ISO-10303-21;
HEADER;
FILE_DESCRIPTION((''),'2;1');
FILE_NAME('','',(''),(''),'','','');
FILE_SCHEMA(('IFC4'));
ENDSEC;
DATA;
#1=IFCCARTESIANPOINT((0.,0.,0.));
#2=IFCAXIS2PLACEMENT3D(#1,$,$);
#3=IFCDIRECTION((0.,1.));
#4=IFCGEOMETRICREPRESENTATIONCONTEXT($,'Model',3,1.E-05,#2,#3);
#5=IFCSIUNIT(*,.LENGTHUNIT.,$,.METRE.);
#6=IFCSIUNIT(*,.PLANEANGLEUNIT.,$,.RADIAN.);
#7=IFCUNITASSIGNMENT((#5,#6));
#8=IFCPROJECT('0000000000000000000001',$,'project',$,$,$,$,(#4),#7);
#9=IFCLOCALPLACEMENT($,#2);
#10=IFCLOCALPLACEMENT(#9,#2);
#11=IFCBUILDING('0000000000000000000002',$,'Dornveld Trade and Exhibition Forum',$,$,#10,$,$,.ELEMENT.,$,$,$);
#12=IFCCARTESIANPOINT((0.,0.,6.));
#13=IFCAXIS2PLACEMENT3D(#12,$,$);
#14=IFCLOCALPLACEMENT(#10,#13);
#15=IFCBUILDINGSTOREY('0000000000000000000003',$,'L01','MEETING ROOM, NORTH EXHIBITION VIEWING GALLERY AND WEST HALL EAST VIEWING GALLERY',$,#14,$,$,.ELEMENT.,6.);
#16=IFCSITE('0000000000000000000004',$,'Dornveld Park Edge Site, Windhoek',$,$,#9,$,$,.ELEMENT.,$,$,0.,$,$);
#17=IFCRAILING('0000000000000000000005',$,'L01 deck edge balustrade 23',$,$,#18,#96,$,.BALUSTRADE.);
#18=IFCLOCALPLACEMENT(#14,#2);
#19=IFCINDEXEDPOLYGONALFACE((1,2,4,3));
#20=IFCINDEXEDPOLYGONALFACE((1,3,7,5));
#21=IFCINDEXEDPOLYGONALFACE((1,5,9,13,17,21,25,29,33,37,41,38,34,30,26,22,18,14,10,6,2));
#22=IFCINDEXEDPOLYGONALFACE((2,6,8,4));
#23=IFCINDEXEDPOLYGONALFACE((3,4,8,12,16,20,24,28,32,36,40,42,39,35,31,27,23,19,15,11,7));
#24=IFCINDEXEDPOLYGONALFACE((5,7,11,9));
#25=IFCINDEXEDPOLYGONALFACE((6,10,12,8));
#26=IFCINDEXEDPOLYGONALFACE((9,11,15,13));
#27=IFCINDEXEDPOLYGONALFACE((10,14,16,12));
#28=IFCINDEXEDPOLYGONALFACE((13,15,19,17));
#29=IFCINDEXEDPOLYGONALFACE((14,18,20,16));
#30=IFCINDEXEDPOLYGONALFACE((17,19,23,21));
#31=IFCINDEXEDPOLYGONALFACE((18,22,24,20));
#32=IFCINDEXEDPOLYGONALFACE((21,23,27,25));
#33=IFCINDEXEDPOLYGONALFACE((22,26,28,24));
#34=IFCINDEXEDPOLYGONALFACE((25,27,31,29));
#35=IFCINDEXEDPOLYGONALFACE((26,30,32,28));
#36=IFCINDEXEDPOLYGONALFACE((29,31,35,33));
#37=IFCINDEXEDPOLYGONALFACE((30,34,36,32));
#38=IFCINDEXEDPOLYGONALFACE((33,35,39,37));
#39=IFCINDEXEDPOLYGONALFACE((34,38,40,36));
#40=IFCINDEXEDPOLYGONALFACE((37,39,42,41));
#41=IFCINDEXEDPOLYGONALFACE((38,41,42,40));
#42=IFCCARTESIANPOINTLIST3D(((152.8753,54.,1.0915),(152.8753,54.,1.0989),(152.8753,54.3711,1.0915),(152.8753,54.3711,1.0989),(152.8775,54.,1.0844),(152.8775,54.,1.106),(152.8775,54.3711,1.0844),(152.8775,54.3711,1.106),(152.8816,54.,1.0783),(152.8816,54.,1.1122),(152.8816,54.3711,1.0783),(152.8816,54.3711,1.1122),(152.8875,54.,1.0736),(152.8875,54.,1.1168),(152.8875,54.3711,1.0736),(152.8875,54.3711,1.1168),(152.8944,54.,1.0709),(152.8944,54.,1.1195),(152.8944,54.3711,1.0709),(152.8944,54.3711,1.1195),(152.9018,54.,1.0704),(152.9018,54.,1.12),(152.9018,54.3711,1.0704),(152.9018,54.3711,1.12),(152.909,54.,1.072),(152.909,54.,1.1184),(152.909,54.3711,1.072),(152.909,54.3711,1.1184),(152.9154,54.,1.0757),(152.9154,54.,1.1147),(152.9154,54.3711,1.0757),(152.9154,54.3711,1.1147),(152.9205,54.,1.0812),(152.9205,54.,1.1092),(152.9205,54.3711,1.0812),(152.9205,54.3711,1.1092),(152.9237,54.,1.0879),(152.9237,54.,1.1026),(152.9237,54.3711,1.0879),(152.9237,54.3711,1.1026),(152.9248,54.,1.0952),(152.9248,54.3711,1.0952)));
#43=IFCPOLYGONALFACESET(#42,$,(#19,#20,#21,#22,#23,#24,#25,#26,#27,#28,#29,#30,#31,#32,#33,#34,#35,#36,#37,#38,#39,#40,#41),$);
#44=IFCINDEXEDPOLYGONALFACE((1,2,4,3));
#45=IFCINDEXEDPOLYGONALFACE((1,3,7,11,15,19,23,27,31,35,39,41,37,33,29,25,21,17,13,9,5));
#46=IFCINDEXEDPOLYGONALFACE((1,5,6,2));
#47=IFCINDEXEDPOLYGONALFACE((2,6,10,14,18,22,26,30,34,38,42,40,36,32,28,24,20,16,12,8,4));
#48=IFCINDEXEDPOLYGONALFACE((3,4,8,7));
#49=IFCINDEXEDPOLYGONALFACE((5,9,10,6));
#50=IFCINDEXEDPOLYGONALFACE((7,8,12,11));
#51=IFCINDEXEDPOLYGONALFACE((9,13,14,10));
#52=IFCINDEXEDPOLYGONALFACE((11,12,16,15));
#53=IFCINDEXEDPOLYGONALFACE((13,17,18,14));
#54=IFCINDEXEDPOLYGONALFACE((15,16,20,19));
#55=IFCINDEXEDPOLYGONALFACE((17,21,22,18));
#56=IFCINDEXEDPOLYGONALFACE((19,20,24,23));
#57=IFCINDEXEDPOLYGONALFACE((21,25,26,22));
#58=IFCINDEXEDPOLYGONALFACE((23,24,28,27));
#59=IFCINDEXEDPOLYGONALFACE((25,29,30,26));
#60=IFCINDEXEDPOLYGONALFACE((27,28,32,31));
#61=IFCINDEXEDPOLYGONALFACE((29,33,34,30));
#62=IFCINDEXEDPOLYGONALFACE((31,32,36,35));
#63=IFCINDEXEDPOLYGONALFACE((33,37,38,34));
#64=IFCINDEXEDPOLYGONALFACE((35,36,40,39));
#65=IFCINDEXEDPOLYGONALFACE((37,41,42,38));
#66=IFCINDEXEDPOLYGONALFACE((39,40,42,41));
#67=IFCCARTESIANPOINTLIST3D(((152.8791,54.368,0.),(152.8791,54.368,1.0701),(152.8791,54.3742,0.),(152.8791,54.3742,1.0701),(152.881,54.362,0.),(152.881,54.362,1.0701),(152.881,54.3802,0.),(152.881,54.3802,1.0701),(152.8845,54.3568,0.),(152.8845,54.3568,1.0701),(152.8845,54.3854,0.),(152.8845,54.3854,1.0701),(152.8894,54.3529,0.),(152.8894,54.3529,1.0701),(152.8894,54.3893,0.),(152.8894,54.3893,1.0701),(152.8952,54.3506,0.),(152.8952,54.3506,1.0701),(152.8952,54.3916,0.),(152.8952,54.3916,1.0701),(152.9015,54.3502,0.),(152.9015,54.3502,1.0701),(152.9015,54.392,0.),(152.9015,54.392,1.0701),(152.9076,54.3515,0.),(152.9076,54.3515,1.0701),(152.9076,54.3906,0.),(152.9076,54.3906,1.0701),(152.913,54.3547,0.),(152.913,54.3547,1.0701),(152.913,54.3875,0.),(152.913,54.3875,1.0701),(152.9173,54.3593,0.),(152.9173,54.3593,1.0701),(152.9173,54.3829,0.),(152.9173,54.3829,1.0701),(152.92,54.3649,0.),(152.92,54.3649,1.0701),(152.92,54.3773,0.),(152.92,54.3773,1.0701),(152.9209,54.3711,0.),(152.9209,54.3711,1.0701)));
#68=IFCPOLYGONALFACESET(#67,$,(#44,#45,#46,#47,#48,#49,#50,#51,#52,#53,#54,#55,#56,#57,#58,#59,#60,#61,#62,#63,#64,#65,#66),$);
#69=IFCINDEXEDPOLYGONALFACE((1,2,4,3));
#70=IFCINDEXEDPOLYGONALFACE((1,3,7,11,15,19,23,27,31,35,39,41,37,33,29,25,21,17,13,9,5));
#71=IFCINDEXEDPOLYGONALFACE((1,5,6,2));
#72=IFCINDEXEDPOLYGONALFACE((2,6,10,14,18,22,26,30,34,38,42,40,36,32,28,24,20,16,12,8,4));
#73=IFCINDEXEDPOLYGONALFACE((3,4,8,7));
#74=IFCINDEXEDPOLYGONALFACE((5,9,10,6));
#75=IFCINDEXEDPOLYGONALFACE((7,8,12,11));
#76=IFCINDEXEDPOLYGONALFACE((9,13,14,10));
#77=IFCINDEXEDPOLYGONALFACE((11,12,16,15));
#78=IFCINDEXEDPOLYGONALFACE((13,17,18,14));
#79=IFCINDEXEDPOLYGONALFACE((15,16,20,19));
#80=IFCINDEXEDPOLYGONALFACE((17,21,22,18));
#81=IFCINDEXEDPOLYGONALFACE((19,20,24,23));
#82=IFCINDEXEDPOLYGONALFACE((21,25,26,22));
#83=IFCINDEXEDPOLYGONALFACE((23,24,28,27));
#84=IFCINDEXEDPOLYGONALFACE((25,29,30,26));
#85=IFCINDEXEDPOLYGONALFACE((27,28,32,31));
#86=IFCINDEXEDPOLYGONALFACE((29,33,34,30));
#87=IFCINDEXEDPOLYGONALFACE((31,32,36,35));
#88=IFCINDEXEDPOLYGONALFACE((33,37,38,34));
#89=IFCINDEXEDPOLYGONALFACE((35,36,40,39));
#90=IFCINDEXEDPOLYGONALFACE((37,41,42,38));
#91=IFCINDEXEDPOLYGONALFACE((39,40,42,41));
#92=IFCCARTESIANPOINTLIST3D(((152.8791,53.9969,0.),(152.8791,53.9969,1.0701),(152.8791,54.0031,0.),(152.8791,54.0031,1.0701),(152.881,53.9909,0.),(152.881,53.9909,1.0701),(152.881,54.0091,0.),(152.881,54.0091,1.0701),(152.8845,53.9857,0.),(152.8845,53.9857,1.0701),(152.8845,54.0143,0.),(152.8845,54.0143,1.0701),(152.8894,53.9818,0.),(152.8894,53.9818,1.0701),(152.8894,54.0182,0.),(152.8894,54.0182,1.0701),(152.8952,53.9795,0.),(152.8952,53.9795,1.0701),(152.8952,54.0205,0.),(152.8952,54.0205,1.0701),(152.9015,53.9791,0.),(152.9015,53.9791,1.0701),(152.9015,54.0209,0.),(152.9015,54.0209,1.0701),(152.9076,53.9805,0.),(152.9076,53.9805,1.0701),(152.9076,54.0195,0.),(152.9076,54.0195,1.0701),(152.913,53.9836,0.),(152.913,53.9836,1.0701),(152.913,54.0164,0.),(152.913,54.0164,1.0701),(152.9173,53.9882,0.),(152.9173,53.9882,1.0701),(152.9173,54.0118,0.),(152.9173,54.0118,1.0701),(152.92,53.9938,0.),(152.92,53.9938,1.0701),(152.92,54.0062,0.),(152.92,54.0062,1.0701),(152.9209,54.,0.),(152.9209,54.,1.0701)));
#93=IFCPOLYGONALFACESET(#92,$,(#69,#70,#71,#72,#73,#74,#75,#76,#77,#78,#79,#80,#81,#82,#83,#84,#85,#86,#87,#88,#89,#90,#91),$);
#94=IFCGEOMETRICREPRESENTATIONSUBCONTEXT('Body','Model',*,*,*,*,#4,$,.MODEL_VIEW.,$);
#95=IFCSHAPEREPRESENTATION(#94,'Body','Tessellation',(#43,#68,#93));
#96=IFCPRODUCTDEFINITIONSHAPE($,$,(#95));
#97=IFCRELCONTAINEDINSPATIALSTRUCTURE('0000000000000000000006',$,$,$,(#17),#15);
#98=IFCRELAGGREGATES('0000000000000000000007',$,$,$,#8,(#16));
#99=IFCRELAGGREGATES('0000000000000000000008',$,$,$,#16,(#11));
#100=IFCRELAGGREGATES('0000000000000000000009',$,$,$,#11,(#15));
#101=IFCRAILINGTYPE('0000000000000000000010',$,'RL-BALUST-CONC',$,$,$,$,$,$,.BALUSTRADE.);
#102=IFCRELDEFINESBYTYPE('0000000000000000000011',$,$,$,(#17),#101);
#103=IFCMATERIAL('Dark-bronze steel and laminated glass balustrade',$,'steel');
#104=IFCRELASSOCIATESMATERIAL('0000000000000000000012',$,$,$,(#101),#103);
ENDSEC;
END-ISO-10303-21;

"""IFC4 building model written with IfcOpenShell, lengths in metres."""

from ifc_helpers import new_model, si_unit, direction, frame, origin, origin_2d, place, context, subcontext, project, spatial, circle, extrude, material, type_object, element, save


model = new_model("IFC4")

# Units and contexts
model_context = context("Model", 3, precision=1e-05, world=origin(), true_north=direction((0.0, 1.0)))
body_context = subcontext(model_context, "Body", "Model", "MODEL_VIEW")
ifc_project = project(units=[si_unit("LENGTHUNIT", "METRE"), si_unit("PLANEANGLEUNIT", "RADIAN")], contexts=[model_context])

# Site, building, storey
site_placement = place(None, origin())
site = spatial("IfcSite", under=ifc_project, at=site_placement, Name="Dornveld Park Edge Site, Windhoek", CompositionType="ELEMENT", RefElevation=0.0)
building_placement = place(site_placement, origin())
building = spatial("IfcBuilding", under=site, at=building_placement, Name="Dornveld Trade and Exhibition Forum", CompositionType="ELEMENT")
storey_placement = place(building_placement, frame((0.0, 0.0, 6.0)))
storey = spatial("IfcBuildingStorey", under=building, at=storey_placement, Name="L01", Description="MEETING ROOM, NORTH EXHIBITION VIEWING GALLERY AND WEST HALL EAST VIEWING GALLERY", CompositionType="ELEMENT", Elevation=6.0)

# Railing
ifc_material_1 = material(Name="Dark-bronze steel and laminated glass balustrade", Category="steel")
railing_type = type_object("IfcRailingType", Name="RL-BALUST-CONC", PredefinedType="BALUSTRADE", material=ifc_material_1)
railing_placement = place(storey_placement, frame((152.8999, 54.3711, 0.0)))
element("IfcRailing", 1, at=railing_placement, inside=storey, type_object=railing_type, Name="L01 deck edge balustrade 23", PredefinedType="BALUSTRADE", context=body_context, shape_type="SweptSolid", body=[
    extrude(circle(Radius=0.0249, at=origin_2d()), frame((0.0, 0.0, 1.0952), z_axis=(0.0, -1.0, 0.0), x_axis=(1.0, 0.0, 0.0)), (0.0, 0.0, 1.0), 0.3711),
    extrude(circle(Radius=0.021, at=origin_2d()), origin(), (0.0, 0.0, 1.0), 1.0701),
    extrude(circle(Radius=0.021, at=origin_2d()), frame((0.0, -0.3711, 0.0)), (0.0, 0.0, 1.0), 1.0701),
])

save(model, "model.ifc")
